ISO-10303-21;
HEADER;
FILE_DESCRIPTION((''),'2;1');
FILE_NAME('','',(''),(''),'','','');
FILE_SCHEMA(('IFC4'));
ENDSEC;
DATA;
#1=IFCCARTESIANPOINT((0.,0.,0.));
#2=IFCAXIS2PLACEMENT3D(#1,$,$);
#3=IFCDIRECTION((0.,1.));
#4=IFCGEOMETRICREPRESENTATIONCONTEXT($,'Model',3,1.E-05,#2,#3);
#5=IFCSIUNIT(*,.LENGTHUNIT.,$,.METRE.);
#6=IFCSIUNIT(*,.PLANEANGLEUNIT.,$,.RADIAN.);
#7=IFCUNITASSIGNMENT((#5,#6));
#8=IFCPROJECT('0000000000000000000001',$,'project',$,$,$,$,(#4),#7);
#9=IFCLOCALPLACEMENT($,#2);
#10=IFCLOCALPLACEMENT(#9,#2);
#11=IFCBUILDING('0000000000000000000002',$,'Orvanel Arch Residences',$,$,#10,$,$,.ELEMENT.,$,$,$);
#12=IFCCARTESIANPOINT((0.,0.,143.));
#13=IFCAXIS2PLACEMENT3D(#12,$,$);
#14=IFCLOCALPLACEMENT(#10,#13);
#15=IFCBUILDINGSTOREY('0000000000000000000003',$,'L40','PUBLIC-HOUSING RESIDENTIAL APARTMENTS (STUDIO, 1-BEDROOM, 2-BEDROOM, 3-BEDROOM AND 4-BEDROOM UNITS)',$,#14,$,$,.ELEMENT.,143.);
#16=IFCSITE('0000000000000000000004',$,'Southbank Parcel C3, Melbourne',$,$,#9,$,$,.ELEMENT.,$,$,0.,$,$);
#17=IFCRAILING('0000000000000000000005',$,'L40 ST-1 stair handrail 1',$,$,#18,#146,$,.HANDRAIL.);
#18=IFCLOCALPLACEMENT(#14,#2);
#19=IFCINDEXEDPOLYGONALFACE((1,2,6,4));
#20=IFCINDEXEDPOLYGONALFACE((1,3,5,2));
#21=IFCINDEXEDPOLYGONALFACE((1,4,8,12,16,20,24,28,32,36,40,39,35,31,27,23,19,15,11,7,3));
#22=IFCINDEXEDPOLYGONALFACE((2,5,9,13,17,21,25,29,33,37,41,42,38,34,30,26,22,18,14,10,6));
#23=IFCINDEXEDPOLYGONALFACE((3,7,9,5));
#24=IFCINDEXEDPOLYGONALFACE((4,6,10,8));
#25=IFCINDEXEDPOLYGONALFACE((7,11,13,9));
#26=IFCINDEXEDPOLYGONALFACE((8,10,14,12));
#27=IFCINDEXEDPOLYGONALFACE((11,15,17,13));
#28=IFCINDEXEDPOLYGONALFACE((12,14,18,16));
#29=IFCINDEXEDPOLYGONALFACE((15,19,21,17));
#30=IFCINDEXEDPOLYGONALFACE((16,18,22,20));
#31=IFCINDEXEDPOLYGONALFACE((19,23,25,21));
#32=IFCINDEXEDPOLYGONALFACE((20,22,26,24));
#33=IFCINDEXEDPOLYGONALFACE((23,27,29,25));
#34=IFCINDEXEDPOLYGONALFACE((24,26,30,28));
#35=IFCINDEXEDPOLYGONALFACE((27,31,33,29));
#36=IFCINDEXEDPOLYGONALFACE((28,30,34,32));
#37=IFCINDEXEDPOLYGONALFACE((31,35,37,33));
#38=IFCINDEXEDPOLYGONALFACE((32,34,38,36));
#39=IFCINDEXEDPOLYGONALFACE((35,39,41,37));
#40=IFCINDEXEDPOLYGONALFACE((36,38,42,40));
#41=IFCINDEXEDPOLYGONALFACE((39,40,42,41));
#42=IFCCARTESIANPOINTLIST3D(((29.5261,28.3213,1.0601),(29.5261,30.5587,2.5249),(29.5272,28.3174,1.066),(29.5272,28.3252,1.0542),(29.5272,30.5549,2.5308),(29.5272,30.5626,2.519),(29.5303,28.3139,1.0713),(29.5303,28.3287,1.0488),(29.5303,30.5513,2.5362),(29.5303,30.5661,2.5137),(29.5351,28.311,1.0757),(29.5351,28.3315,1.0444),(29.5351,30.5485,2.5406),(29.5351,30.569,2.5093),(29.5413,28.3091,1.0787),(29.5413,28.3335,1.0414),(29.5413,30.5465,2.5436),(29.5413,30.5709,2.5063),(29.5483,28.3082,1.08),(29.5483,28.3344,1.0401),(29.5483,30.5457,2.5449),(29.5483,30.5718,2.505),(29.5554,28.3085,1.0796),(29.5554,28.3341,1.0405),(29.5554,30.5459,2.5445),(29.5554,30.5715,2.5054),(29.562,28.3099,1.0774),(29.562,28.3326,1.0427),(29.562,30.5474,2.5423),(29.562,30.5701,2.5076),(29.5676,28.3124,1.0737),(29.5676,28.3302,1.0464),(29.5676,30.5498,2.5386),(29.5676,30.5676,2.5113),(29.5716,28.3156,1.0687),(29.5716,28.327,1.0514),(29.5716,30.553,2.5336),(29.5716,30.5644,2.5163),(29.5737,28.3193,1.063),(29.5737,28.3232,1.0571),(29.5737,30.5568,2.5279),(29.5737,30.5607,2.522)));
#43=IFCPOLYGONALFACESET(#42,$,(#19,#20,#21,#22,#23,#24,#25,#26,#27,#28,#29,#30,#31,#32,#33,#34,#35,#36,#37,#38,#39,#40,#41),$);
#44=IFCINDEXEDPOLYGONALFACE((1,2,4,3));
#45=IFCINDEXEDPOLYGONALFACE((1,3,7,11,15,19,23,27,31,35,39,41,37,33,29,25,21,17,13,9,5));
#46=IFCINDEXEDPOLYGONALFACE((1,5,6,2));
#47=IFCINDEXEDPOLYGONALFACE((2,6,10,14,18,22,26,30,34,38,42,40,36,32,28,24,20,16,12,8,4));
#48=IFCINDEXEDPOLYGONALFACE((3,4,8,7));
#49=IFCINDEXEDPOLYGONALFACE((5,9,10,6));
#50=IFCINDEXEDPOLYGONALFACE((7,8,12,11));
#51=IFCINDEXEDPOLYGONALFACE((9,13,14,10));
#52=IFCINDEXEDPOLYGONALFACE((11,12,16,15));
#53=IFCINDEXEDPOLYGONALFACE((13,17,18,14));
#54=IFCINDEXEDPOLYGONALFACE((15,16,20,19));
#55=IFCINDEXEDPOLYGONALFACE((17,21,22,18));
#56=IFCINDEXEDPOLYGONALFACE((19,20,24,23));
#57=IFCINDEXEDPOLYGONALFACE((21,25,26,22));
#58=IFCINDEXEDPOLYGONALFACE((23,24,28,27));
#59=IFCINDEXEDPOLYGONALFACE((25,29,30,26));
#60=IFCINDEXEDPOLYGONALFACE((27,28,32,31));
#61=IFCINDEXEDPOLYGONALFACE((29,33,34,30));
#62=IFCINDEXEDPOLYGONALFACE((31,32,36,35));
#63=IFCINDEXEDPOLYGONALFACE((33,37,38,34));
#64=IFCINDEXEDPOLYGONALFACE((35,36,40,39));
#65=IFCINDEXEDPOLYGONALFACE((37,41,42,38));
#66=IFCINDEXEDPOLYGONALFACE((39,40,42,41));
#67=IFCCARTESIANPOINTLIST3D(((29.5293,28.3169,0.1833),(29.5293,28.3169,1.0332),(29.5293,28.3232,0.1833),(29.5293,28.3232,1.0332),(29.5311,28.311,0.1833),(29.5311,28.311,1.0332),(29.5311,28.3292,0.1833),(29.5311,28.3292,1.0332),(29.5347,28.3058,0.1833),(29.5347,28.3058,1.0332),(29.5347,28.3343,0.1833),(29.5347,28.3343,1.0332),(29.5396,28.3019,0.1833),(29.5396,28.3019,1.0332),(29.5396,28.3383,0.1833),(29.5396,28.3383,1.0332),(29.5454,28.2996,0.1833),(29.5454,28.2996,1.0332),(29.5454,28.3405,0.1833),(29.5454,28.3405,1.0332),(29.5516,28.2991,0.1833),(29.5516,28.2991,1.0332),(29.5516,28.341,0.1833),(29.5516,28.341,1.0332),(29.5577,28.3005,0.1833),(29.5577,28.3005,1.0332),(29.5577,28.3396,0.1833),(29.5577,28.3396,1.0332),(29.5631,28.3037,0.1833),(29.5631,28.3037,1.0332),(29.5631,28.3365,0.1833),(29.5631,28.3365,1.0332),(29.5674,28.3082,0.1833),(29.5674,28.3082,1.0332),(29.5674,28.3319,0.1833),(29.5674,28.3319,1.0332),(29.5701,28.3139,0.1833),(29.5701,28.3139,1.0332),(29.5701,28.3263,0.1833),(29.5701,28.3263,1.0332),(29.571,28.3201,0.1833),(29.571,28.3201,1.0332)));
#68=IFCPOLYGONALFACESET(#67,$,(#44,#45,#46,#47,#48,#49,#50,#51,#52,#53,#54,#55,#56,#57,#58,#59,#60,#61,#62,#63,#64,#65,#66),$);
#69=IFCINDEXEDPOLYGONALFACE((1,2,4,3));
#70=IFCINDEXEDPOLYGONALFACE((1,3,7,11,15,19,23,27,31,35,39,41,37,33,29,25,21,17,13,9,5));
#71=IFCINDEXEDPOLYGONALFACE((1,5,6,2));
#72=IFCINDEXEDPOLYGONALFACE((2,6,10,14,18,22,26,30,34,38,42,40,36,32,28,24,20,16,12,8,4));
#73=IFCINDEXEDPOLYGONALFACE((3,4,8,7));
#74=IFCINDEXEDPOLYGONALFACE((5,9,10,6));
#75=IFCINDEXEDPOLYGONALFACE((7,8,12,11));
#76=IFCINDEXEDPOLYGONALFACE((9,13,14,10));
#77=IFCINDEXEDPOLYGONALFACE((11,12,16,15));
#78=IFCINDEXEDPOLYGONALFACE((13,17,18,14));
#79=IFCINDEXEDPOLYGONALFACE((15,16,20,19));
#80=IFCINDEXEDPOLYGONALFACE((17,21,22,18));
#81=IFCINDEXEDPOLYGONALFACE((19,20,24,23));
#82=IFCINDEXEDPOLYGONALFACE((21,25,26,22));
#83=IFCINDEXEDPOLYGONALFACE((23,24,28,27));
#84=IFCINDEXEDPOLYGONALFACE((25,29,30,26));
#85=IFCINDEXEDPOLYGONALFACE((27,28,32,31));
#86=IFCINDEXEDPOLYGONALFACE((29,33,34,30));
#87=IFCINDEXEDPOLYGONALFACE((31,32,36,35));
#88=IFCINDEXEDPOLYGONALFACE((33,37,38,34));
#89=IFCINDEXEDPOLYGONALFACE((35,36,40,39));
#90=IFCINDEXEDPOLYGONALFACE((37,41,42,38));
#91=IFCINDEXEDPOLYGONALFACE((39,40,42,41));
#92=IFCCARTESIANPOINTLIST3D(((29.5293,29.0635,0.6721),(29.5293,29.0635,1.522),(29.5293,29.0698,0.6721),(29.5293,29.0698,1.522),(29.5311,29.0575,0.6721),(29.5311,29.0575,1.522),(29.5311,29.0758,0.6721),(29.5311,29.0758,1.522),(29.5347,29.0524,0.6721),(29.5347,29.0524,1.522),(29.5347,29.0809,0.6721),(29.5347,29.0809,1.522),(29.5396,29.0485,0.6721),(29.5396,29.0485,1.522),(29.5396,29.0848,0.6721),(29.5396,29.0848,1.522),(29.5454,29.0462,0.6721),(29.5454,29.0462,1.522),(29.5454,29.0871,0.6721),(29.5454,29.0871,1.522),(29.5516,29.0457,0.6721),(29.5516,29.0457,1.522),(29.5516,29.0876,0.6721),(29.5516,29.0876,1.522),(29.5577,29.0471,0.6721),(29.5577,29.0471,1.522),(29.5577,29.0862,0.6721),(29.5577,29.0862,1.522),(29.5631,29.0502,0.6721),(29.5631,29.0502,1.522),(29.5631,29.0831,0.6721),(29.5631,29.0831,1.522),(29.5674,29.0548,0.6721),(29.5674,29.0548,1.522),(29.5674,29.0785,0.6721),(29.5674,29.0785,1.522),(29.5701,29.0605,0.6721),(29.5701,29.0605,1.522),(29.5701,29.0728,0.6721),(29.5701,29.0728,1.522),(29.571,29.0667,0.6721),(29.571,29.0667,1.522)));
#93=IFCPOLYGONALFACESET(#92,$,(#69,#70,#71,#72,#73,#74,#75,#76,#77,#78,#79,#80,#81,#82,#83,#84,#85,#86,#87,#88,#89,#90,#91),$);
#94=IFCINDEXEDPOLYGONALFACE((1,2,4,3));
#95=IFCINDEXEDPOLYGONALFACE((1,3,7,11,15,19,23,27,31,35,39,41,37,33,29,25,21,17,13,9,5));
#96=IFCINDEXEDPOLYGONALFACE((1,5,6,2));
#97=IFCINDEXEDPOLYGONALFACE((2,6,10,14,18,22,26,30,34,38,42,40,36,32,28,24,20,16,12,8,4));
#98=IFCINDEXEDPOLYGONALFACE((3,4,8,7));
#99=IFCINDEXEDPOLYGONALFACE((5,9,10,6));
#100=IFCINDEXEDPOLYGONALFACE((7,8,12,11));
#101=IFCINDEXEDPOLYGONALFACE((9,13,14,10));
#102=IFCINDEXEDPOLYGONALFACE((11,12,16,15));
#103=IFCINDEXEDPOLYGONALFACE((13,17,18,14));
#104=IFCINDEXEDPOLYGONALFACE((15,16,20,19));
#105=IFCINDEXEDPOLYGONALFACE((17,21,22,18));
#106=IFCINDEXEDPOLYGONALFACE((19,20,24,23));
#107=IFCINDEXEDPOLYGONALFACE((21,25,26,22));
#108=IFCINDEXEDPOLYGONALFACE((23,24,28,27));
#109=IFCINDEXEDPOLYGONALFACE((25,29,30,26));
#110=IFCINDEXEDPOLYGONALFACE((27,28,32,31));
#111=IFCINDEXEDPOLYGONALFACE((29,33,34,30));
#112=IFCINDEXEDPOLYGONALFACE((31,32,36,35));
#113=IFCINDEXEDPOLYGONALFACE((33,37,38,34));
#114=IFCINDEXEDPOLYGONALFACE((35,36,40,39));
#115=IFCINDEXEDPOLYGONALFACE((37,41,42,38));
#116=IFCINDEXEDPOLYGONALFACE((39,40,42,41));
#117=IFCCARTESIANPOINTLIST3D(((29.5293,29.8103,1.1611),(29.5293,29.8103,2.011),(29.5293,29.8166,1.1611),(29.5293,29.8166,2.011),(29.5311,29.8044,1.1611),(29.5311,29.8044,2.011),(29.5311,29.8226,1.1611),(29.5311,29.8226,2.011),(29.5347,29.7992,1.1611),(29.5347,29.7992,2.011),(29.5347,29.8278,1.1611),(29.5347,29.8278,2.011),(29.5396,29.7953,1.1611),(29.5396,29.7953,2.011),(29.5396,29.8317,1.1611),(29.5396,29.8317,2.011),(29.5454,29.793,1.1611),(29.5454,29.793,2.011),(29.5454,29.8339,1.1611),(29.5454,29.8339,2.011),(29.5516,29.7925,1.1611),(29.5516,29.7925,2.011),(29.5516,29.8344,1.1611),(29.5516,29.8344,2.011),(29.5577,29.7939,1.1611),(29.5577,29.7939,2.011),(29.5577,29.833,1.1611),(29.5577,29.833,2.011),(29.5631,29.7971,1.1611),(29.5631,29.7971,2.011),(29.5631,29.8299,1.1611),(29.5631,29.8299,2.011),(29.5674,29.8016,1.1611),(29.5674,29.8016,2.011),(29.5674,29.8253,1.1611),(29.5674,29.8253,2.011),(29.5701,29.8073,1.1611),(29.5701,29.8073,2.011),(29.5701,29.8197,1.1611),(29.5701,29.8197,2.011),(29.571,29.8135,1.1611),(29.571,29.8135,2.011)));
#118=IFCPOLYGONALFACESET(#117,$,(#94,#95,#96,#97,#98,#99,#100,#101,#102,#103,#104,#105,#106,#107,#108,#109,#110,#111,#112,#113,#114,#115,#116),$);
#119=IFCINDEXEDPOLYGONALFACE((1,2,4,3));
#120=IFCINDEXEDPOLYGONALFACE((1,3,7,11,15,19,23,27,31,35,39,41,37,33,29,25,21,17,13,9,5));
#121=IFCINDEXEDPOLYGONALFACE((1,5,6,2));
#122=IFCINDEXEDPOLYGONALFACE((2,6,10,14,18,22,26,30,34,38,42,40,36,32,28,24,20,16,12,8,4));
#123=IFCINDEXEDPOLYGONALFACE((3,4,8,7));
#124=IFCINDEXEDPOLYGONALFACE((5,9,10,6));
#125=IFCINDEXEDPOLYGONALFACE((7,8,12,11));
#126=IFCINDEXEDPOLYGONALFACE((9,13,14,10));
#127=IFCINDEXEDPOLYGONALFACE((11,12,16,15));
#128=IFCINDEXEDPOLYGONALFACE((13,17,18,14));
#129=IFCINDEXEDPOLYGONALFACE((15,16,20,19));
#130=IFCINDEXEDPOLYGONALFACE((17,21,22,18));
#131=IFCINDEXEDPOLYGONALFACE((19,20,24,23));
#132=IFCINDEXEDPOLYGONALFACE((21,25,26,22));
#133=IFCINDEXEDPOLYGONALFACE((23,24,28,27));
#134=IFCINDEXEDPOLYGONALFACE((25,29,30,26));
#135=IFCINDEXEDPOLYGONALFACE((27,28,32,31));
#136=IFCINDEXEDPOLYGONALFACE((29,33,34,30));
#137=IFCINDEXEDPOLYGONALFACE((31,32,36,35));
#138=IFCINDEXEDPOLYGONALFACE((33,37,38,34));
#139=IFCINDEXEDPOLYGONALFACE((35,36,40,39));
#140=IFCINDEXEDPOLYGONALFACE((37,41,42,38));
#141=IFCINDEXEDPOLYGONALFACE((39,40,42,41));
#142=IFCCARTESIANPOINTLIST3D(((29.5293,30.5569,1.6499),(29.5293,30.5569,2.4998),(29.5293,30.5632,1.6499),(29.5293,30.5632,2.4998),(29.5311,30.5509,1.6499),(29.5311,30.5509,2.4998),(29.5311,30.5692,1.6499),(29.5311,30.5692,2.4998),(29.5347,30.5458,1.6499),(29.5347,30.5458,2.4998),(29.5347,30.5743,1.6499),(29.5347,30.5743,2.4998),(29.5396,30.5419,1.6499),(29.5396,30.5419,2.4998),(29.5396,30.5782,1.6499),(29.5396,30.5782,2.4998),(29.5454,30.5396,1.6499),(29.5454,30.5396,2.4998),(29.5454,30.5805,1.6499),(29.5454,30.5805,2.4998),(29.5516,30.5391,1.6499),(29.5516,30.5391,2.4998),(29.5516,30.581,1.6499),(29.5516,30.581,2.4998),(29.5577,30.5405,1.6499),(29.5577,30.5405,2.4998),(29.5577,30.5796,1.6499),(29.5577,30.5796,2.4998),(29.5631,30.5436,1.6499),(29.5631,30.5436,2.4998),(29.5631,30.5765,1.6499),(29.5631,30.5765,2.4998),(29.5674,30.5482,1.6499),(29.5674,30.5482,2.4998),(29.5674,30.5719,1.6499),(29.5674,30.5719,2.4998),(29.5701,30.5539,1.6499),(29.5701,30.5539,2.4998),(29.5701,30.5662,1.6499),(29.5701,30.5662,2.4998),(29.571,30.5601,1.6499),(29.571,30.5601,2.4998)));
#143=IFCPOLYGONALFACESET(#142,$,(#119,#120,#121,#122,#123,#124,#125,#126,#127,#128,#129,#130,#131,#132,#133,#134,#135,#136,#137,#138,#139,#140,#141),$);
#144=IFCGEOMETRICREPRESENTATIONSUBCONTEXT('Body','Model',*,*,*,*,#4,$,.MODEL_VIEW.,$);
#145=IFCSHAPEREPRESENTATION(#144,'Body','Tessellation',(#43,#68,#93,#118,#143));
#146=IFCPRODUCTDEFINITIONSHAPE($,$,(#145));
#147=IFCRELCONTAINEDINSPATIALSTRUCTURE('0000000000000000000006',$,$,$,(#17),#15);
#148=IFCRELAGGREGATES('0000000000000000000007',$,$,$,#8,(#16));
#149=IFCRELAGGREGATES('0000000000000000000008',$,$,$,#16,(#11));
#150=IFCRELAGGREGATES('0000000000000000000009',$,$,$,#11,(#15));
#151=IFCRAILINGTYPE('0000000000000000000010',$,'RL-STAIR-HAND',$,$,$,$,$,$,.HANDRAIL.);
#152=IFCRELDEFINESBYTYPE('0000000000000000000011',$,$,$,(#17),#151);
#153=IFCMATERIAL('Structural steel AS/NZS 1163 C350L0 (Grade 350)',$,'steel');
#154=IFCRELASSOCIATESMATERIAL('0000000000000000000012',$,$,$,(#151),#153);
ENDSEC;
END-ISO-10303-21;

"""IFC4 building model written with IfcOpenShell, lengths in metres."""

from ifc_helpers import new_model, si_unit, direction, frame, origin, origin_2d, place, context, subcontext, project, spatial, circle, extrude, material, type_object, element, save


model = new_model("IFC4")

# Units and contexts
model_context = context("Model", 3, precision=1e-05, world=origin(), true_north=direction((0.0, 1.0)))
body_context = subcontext(model_context, "Body", "Model", "MODEL_VIEW")
ifc_project = project(units=[si_unit("LENGTHUNIT", "METRE"), si_unit("PLANEANGLEUNIT", "RADIAN")], contexts=[model_context])

# Site, building, storey
site_placement = place(None, origin())
site = spatial("IfcSite", under=ifc_project, at=site_placement, Name="Southbank Parcel C3, Melbourne", CompositionType="ELEMENT", RefElevation=0.0)
building_placement = place(site_placement, origin())
building = spatial("IfcBuilding", under=site, at=building_placement, Name="Orvanel Arch Residences", CompositionType="ELEMENT")
storey_placement = place(building_placement, frame((0.0, 0.0, 143.0)))
storey = spatial("IfcBuildingStorey", under=building, at=storey_placement, Name="L40", Description="PUBLIC-HOUSING RESIDENTIAL APARTMENTS (STUDIO, 1-BEDROOM, 2-BEDROOM, 3-BEDROOM AND 4-BEDROOM UNITS)", CompositionType="ELEMENT", Elevation=143.0)

# Railing
ifc_material_1 = material(Name="Structural steel AS/NZS 1163 C350L0 (Grade 350)", Category="steel")
railing_type_1 = type_object("IfcRailingType", Name="RL-STAIR-HAND", PredefinedType="HANDRAIL", material=ifc_material_1)
railing_1_placement = place(storey_placement, frame((29.55, 28.3201, 0.1833)))
element("IfcRailing", 1, at=railing_1_placement, inside=storey, type_object=railing_type_1, Name="L40 ST-1 stair handrail 1", PredefinedType="HANDRAIL", context=body_context, shape_type="SweptSolid", body=[
    extrude(circle(Radius=0.0239, at=origin_2d()), frame((0.0, 0.0012, 0.8767), z_axis=(0.0, 0.836637, 0.547758), x_axis=(-1.0, 0.0, 0.0)), (0.0, 0.0, 1.0), 2.6743),
    extrude(circle(Radius=0.021, at=origin_2d()), origin(), (0.0, 0.0, 1.0), 0.8499),
    extrude(circle(Radius=0.021, at=origin_2d()), frame((0.0, 0.7466, 0.4888)), (0.0, 0.0, 1.0), 0.8499),
    extrude(circle(Radius=0.021, at=origin_2d()), frame((0.0, 1.4934, 0.9778)), (0.0, 0.0, 1.0), 0.8499),
    extrude(circle(Radius=0.021, at=origin_2d()), frame((0.0, 2.24, 1.4666)), (0.0, 0.0, 1.0), 0.8499),
])

save(model, "model.ifc")
